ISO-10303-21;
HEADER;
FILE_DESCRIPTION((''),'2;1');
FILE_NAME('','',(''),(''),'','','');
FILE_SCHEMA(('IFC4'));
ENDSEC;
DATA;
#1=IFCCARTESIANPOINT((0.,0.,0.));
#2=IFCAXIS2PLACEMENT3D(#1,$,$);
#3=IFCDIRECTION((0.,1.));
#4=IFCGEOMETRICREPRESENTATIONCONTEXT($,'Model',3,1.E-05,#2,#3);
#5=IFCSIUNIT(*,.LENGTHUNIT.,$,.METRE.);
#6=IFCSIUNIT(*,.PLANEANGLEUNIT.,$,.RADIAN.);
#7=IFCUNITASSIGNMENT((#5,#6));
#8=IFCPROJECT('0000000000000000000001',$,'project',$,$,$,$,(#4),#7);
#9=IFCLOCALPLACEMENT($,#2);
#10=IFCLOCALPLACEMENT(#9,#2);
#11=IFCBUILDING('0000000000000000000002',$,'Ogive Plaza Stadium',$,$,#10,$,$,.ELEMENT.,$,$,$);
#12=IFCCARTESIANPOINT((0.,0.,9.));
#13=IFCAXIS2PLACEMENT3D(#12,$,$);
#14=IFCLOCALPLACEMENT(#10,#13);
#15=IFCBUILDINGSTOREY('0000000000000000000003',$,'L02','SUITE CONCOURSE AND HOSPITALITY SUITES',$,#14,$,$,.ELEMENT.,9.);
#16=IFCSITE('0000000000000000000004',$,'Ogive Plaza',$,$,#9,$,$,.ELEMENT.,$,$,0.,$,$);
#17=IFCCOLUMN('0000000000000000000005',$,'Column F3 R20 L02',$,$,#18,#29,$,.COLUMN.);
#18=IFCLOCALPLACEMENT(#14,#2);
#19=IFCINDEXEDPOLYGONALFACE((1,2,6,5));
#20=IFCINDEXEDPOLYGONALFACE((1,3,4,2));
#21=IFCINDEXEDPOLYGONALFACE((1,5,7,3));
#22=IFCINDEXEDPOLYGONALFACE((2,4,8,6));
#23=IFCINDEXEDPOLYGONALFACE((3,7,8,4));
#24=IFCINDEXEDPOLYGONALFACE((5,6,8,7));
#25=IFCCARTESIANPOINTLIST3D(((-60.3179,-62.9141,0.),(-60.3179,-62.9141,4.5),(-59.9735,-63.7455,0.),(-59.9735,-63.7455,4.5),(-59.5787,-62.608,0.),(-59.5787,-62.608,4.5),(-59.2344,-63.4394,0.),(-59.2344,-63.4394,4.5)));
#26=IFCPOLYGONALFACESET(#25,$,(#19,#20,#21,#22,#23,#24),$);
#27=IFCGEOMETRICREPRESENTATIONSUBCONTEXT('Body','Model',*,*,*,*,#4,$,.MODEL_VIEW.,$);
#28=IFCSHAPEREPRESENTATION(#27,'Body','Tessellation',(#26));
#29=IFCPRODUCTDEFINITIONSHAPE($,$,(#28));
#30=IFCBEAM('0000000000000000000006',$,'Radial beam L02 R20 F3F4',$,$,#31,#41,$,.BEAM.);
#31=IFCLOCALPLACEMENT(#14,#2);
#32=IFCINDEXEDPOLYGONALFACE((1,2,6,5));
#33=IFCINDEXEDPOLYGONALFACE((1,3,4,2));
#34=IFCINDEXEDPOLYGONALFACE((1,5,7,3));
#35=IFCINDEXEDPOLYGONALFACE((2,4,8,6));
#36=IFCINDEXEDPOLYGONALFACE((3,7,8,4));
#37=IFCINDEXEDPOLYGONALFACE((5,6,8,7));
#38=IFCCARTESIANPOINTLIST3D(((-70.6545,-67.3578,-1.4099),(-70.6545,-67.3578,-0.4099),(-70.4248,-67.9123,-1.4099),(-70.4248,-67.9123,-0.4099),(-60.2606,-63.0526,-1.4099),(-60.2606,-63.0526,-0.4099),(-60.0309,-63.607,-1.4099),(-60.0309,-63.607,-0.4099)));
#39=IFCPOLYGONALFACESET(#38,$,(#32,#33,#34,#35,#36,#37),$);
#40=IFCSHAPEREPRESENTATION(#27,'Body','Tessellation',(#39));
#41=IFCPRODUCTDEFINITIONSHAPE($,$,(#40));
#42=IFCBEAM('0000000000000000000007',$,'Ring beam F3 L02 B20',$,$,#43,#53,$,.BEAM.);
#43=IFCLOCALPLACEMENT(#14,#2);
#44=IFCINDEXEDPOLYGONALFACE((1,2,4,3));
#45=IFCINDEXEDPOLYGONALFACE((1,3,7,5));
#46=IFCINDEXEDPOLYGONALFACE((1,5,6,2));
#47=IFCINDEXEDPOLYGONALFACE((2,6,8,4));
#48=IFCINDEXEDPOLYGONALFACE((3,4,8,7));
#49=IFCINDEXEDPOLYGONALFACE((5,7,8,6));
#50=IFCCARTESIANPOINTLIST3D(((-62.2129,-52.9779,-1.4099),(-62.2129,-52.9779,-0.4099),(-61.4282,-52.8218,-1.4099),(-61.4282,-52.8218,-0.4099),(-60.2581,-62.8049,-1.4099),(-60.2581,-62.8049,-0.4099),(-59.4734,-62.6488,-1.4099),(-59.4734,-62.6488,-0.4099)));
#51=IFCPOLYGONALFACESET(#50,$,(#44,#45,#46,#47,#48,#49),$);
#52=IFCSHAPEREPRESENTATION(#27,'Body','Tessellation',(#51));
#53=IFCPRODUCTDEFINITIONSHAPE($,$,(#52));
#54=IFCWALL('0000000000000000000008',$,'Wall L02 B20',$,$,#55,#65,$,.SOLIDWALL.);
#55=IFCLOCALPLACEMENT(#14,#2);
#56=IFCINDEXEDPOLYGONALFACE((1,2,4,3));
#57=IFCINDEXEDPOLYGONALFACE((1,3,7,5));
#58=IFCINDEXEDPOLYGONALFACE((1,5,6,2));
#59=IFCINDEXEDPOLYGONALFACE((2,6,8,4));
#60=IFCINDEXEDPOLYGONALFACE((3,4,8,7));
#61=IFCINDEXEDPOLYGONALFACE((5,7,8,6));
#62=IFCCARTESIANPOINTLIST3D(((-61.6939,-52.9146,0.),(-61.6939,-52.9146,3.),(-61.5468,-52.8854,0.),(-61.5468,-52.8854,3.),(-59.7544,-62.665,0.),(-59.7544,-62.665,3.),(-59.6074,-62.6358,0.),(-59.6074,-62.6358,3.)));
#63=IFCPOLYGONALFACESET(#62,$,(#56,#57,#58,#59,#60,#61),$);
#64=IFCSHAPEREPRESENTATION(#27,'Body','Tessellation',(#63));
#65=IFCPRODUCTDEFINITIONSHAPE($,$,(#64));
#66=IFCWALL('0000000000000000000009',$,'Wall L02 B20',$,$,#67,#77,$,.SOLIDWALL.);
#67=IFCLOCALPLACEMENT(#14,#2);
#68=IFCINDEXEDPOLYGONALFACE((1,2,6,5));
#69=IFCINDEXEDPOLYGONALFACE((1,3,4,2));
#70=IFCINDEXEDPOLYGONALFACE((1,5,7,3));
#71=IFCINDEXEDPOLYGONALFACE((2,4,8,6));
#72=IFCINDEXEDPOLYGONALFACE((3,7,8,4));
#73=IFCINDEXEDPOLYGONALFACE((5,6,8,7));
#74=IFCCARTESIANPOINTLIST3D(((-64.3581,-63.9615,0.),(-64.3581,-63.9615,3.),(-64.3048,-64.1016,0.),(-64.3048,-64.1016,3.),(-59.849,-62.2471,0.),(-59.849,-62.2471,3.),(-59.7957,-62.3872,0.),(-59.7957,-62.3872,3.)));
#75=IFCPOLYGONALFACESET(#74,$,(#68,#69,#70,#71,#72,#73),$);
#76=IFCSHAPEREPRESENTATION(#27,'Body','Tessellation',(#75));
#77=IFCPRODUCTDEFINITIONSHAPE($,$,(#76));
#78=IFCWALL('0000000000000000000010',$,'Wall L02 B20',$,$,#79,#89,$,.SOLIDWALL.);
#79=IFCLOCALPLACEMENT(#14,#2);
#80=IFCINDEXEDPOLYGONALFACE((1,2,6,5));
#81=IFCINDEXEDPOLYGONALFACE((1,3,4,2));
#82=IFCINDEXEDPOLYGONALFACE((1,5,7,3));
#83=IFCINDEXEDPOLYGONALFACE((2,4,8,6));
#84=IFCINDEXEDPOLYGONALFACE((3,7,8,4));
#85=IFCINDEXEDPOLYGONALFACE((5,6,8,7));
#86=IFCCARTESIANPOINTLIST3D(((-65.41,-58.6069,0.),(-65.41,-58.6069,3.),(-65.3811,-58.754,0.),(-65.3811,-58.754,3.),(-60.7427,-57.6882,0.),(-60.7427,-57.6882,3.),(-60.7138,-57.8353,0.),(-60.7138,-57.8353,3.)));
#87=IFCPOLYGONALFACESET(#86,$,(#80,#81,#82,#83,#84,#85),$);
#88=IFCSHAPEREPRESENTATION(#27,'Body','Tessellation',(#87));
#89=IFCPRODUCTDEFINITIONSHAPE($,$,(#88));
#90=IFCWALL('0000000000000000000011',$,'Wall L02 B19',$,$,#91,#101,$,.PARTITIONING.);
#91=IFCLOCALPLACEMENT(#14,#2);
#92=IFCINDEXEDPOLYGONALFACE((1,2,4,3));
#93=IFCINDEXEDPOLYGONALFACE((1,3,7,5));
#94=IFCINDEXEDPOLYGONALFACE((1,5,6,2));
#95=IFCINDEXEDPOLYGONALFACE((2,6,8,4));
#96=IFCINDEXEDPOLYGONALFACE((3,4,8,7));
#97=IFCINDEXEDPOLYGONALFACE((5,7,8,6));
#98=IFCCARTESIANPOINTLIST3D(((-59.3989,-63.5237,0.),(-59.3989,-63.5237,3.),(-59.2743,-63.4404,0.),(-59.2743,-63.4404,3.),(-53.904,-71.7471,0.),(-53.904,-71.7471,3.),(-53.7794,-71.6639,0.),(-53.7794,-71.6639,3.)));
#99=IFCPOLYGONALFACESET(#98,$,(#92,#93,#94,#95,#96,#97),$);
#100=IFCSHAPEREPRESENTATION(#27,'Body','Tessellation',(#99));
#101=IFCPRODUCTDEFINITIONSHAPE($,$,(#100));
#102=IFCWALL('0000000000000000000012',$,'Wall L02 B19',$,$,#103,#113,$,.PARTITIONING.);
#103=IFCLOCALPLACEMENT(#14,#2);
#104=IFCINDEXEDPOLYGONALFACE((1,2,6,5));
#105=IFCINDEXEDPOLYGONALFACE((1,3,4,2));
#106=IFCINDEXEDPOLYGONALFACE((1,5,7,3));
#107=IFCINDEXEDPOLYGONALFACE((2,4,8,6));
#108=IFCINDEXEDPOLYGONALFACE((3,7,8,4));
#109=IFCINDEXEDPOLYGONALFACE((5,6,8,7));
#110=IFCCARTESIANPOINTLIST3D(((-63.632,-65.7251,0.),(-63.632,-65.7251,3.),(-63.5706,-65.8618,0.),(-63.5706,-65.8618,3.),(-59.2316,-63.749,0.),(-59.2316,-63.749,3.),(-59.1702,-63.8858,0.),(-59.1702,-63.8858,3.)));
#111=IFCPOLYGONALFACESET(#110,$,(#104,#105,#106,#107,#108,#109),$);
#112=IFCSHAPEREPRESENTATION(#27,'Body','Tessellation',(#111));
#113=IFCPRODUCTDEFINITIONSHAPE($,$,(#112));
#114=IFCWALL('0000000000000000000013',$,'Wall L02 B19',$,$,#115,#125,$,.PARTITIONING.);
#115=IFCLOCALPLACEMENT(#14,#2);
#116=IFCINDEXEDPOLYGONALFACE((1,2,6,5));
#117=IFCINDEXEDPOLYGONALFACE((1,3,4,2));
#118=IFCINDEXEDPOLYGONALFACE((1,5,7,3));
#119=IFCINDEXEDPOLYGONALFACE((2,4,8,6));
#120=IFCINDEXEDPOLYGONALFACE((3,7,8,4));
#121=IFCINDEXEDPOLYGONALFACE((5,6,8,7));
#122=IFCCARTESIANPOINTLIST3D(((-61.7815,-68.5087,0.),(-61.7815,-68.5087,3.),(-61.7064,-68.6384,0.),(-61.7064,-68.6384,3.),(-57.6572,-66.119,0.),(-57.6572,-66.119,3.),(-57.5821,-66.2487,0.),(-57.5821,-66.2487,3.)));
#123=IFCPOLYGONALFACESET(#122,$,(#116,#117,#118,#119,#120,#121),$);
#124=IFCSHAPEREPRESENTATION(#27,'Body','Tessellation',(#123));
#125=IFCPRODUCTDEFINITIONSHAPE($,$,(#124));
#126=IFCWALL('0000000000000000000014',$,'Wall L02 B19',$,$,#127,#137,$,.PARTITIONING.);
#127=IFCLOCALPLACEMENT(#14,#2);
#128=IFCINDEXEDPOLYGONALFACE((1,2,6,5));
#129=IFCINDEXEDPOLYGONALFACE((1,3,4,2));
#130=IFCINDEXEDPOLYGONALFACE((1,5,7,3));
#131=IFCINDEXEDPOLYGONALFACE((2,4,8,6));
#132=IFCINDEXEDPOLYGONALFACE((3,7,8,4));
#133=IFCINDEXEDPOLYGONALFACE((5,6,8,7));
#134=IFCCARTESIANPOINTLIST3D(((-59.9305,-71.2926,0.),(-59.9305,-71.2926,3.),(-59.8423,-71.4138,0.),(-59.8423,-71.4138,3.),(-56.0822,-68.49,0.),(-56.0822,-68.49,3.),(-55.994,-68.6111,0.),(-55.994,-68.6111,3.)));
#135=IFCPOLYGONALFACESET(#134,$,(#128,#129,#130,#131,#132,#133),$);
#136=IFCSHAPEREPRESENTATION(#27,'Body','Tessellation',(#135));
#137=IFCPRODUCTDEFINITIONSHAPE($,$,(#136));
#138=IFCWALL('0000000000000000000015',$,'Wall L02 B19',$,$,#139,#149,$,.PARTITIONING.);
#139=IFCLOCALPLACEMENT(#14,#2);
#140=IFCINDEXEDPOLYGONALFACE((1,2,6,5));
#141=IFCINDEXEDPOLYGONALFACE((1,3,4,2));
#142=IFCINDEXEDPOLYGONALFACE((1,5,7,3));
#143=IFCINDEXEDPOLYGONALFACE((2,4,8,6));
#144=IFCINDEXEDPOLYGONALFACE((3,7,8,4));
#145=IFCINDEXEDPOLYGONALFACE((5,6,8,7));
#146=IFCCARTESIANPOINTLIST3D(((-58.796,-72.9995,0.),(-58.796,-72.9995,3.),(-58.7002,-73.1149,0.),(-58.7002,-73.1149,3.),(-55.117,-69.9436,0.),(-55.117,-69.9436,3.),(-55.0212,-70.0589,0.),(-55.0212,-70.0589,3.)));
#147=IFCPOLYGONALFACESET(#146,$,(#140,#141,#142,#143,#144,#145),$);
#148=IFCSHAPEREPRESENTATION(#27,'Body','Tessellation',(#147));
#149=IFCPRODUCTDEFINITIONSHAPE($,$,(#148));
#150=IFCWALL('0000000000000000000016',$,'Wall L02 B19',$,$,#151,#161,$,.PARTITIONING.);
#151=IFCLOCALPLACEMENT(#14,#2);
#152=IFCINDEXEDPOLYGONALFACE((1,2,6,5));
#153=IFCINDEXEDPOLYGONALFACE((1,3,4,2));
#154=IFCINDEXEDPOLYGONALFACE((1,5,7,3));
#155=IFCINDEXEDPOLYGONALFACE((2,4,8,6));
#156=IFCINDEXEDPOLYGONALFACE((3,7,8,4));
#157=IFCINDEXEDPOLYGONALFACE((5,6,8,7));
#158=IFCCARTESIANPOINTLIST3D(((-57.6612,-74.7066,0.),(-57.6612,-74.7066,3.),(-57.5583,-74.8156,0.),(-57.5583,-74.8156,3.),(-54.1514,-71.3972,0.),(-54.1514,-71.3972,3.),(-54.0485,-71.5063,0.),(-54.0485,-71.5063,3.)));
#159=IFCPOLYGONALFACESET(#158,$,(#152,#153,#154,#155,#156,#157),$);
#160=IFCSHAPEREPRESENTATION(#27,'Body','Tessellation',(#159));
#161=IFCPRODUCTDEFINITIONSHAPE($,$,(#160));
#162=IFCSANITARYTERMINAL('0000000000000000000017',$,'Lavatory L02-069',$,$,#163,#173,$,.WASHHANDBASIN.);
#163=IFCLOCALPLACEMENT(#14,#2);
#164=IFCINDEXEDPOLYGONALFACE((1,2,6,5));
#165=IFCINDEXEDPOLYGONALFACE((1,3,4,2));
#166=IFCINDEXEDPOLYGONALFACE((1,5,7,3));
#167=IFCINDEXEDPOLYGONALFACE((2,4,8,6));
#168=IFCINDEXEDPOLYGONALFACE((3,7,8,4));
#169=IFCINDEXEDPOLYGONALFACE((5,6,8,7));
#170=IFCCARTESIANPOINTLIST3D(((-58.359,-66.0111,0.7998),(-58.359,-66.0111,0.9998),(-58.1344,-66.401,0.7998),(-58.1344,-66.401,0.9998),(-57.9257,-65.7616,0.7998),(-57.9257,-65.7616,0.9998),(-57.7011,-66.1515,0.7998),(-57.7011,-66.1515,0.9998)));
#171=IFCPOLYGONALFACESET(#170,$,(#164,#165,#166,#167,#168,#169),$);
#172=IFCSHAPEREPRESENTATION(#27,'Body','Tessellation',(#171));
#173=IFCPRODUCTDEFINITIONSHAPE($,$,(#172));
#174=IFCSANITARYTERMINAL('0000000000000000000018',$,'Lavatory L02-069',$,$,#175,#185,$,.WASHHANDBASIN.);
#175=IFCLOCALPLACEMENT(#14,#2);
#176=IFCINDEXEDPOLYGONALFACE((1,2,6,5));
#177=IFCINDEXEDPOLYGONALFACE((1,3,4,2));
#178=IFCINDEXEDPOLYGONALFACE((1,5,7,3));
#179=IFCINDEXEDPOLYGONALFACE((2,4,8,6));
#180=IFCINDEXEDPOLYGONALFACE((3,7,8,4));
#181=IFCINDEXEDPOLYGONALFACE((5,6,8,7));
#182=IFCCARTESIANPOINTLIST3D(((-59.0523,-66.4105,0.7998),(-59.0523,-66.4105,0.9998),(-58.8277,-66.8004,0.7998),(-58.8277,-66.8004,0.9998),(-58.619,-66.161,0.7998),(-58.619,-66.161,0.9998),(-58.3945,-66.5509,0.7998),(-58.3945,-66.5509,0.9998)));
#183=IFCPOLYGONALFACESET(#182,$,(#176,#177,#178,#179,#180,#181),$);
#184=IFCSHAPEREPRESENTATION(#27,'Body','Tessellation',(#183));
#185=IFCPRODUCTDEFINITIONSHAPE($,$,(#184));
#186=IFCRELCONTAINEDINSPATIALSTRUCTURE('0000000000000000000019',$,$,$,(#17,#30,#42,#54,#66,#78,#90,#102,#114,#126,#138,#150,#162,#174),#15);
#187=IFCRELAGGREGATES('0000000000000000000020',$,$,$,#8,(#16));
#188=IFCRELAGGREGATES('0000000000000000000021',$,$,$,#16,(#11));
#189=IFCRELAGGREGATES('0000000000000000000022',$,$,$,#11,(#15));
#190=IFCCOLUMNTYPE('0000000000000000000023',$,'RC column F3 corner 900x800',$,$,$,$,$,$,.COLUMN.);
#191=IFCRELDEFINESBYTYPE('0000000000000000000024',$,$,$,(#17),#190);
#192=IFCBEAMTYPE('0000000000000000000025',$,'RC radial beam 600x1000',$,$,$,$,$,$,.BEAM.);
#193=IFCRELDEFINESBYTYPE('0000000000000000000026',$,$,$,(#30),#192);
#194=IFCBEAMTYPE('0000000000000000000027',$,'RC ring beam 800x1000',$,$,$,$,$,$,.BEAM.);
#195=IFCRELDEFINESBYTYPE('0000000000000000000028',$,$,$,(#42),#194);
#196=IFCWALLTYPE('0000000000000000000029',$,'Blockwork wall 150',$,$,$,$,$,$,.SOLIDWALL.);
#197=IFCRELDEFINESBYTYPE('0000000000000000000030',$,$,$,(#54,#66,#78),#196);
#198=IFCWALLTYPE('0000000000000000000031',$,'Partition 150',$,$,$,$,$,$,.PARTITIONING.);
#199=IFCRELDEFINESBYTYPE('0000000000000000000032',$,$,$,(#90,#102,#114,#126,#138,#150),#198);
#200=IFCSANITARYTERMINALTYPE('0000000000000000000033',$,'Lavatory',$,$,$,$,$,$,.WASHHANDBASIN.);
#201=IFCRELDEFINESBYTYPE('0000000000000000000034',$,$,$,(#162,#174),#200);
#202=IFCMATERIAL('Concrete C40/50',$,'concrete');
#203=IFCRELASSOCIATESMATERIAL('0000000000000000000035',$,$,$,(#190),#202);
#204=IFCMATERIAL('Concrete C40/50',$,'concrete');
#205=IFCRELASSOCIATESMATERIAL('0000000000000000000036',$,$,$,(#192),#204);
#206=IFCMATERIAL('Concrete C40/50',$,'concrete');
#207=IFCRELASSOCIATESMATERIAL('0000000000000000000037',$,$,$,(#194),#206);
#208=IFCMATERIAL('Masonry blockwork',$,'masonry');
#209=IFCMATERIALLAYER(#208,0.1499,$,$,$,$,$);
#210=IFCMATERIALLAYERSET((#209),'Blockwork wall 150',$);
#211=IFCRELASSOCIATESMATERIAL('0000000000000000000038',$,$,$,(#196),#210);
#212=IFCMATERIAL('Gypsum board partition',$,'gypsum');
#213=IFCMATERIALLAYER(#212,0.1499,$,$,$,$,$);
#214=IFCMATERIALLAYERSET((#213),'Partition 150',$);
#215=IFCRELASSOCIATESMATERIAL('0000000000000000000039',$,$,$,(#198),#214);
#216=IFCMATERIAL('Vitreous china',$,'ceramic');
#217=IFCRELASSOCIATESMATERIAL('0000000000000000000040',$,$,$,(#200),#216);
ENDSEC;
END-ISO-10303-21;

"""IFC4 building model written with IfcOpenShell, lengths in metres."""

from ifc_helpers import new_model, si_unit, direction, frame, frame_2d, origin, origin_2d, place, context, subcontext, project, spatial, rectangle, extrude, material, layer, layer_set, material_profile, profile_set, type_object, element, save


model = new_model("IFC4")

# Units and contexts
model_context = context("Model", 3, precision=1e-05, world=origin(), true_north=direction((0.0, 1.0)))
body_context = subcontext(model_context, "Body", "Model", "MODEL_VIEW")
ifc_project = project(units=[si_unit("LENGTHUNIT", "METRE"), si_unit("PLANEANGLEUNIT", "RADIAN")], contexts=[model_context])

# Site, building, storey
site_placement = place(None, origin())
site = spatial("IfcSite", under=ifc_project, at=site_placement, Name="Ogive Plaza", CompositionType="ELEMENT", RefElevation=0.0)
building_placement = place(site_placement, origin())
building = spatial("IfcBuilding", under=site, at=building_placement, Name="Ogive Plaza Stadium", CompositionType="ELEMENT")
storey_placement = place(building_placement, frame((0.0, 0.0, 9.0)))
storey = spatial("IfcBuildingStorey", under=building, at=storey_placement, Name="L02", Description="SUITE CONCOURSE AND HOSPITALITY SUITES", CompositionType="ELEMENT", Elevation=9.0)

# Column
ifc_material_1 = material(Name="Concrete C40/50", Category="concrete")
ifc_material_profile_1 = material_profile(ifc_material_1, rectangle(XDim=0.8999, YDim=0.8, at=origin_2d()), Name="RC 900x800")
ifc_profile_set_1 = profile_set([ifc_material_profile_1], Name="Concrete C40/50")
column_type = type_object("IfcColumnType", Name="RC column F3 corner 900x800", PredefinedType="COLUMN", material=ifc_profile_set_1)
column_placement = place(storey_placement, frame((-59.7761, -63.1768, 0.0), z_axis=(0.0, 0.0, 1.0), x_axis=(0.382683, -0.92388, 0.0)))
element("IfcColumn", 1, at=column_placement, inside=storey, type_object=column_type, Name="Column F3 R20 L02", PredefinedType="COLUMN", context=body_context, shape_type="SweptSolid", body=[
    extrude(rectangle(XDim=0.8999, YDim=0.8, at=origin_2d()), origin(), (0.0, 0.0, 1.0), 4.5),
])

# Beams
ifc_material_2 = material(Name="Concrete C40/50", Category="concrete")
ifc_material_profile_2 = material_profile(ifc_material_2, rectangle(XDim=0.6001, YDim=1.0, at=origin_2d()), Name="RC 600x1000")
ifc_profile_set_2 = profile_set([ifc_material_profile_2], Name="Concrete C40/50")
beam_type_1 = type_object("IfcBeamType", Name="RC radial beam 600x1000", PredefinedType="BEAM", material=ifc_profile_set_2)
beam_1_placement = place(storey_placement, frame((-60.1458, -63.3298, -0.9099), z_axis=(-0.923882, -0.382678, 0.0), x_axis=(0.382678, -0.923882, 0.0)))
element("IfcBeam", 2, at=beam_1_placement, inside=storey, type_object=beam_type_1, Name="Radial beam L02 R20 F3F4", PredefinedType="BEAM", context=body_context, shape_type="SweptSolid", body=[
    extrude(rectangle(XDim=0.6001, YDim=1.0, at=origin_2d()), origin(), (0.0, 0.0, 1.0), 11.2502),
])
ifc_material_3 = material(Name="Concrete C40/50", Category="concrete")
ifc_material_profile_3 = material_profile(ifc_material_3, rectangle(XDim=0.8, YDim=1.0, at=origin_2d()), Name="RC 800x1000")
ifc_profile_set_3 = profile_set([ifc_material_profile_3], Name="Concrete C40/50")
beam_type_2 = type_object("IfcBeamType", Name="RC ring beam 800x1000", PredefinedType="BEAM", material=ifc_profile_set_3)
beam_2_placement = place(storey_placement, frame((-59.8657, -62.7268, -0.9099), z_axis=(-0.195104, 0.980783, 0.0), x_axis=(-0.980783, -0.195104, 0.0)))
element("IfcBeam", 3, at=beam_2_placement, inside=storey, type_object=beam_type_2, Name="Ring beam F3 L02 B20", PredefinedType="BEAM", context=body_context, shape_type="SweptSolid", body=[
    extrude(rectangle(XDim=0.8, YDim=1.0, at=origin_2d()), origin(), (0.0, 0.0, 1.0), 10.0195),
])

# Walls
ifc_material_4 = material(Name="Masonry blockwork", Category="masonry")
ifc_layer_1 = layer(ifc_material_4, 0.1499)
ifc_layer_set_1 = layer_set([ifc_layer_1], Name="Blockwork wall 150")
wall_type_1 = type_object("IfcWallType", Name="Blockwork wall 150", PredefinedType="SOLIDWALL", material=ifc_layer_set_1)
wall_1_placement = place(storey_placement, frame((-59.6809, -62.6504, 0.0), z_axis=(0.0, 0.0, 1.0), x_axis=(-0.195086, 0.980786, 0.0)))
element("IfcWall", 4, at=wall_1_placement, inside=storey, type_object=wall_type_1, Name="Wall L02 B20", PredefinedType="SOLIDWALL", context=body_context, shape_type="SweptSolid", body=[
    extrude(rectangle(XDim=9.9414, YDim=0.1499, at=frame_2d((4.9707, 0.0))), origin(), (0.0, 0.0, 1.0), 3.0),
])
wall_2_placement = place(storey_placement, frame((-59.8223, -62.3171, 0.0), z_axis=(0.0, 0.0, 1.0), x_axis=(-0.93472, -0.355385, 0.0)))
element("IfcWall", 5, at=wall_2_placement, inside=storey, type_object=wall_type_1, Name="Wall L02 B20", PredefinedType="SOLIDWALL", context=body_context, shape_type="SweptSolid", body=[
    extrude(rectangle(XDim=4.824, YDim=0.1499, at=frame_2d((2.4121, 0.0))), origin(), (0.0, 0.0, 1.0), 3.0),
])
wall_3_placement = place(storey_placement, frame((-60.7283, -57.7617, 0.0), z_axis=(0.0, 0.0, 1.0), x_axis=(-0.981172, -0.193134, 0.0)))
element("IfcWall", 6, at=wall_3_placement, inside=storey, type_object=wall_type_1, Name="Wall L02 B20", PredefinedType="SOLIDWALL", context=body_context, shape_type="SweptSolid", body=[
    extrude(rectangle(XDim=4.7568, YDim=0.1499, at=frame_2d((2.3784, 0.0))), origin(), (0.0, 0.0, 1.0), 3.0),
])
ifc_material_5 = material(Name="Gypsum board partition", Category="gypsum")
ifc_layer_2 = layer(ifc_material_5, 0.1499)
ifc_layer_set_2 = layer_set([ifc_layer_2], Name="Partition 150")
wall_type_2 = type_object("IfcWallType", Name="Partition 150", PredefinedType="PARTITIONING", material=ifc_layer_set_2)
wall_4_placement = place(storey_placement, frame((-59.3367, -63.4819, 0.0), z_axis=(0.0, 0.0, 1.0), x_axis=(0.555583, -0.831461, 0.0)))
element("IfcWall", 7, at=wall_4_placement, inside=storey, type_object=wall_type_2, Name="Wall L02 B19", PredefinedType="PARTITIONING", context=body_context, shape_type="SweptSolid", body=[
    extrude(rectangle(XDim=9.8904, YDim=0.1499, at=frame_2d((4.9453, 0.0))), origin(), (0.0, 0.0, 1.0), 3.0),
])
wall_5_placement = place(storey_placement, frame((-59.2009, -63.8174, 0.0), z_axis=(0.0, 0.0, 1.0), x_axis=(-0.912239, -0.409657, 0.0)))
element("IfcWall", 8, at=wall_5_placement, inside=storey, type_object=wall_type_2, Name="Wall L02 B19", PredefinedType="PARTITIONING", context=body_context, shape_type="SweptSolid", body=[
    extrude(rectangle(XDim=4.8237, YDim=0.1499, at=frame_2d((2.4119, 0.0))), origin(), (0.0, 0.0, 1.0), 3.0),
])
wall_6_placement = place(storey_placement, frame((-57.6196, -66.1838, 0.0), z_axis=(0.0, 0.0, 1.0), x_axis=(-0.865252, -0.501337, 0.0)))
element("IfcWall", 9, at=wall_6_placement, inside=storey, type_object=wall_type_2, Name="Wall L02 B19", PredefinedType="PARTITIONING", context=body_context, shape_type="SweptSolid", body=[
    extrude(rectangle(XDim=4.7666, YDim=0.1499, at=frame_2d((2.3833, 0.0))), origin(), (0.0, 0.0, 1.0), 3.0),
])
wall_7_placement = place(storey_placement, frame((-56.0381, -68.5505, 0.0), z_axis=(0.0, 0.0, 1.0), x_axis=(-0.808346, -0.588708, 0.0)))
element("IfcWall", 10, at=wall_7_placement, inside=storey, type_object=wall_type_2, Name="Wall L02 B19", PredefinedType="PARTITIONING", context=body_context, shape_type="SweptSolid", body=[
    extrude(rectangle(XDim=4.7607, YDim=0.1499, at=frame_2d((2.3804, 0.0))), origin(), (0.0, 0.0, 1.0), 3.0),
])
wall_8_placement = place(storey_placement, frame((-55.0691, -70.0012, 0.0), z_axis=(0.0, 0.0, 1.0), x_axis=(-0.769237, -0.638963, 0.0)))
element("IfcWall", 11, at=wall_8_placement, inside=storey, type_object=wall_type_2, Name="Wall L02 B19", PredefinedType="PARTITIONING", context=body_context, shape_type="SweptSolid", body=[
    extrude(rectangle(XDim=4.7827, YDim=0.1499, at=frame_2d((2.3914, 0.0))), origin(), (0.0, 0.0, 1.0), 3.0),
])
wall_9_placement = place(storey_placement, frame((-54.0999, -71.4517, 0.0), z_axis=(0.0, 0.0, 1.0), x_axis=(-0.727577, -0.686026, 0.0)))
element("IfcWall", 12, at=wall_9_placement, inside=storey, type_object=wall_type_2, Name="Wall L02 B19", PredefinedType="PARTITIONING", context=body_context, shape_type="SweptSolid", body=[
    extrude(rectangle(XDim=4.824, YDim=0.1499, at=frame_2d((2.4121, 0.0))), origin(), (0.0, 0.0, 1.0), 3.0),
])

# Sanitary terminals
ifc_material_6 = material(Name="Vitreous china", Category="ceramic")
sanitary_terminal_type_1 = type_object("IfcSanitaryTerminalType", Name="Lavatory", PredefinedType="WASHHANDBASIN", material=ifc_material_6)
for number, where, z_axis, x_axis, name in (
    (13, (-58.03, -66.0813, 0.7998), (0.0, 0.0, 1.0), (-0.866537, -0.499112, 0.0), "Lavatory L02-069"),
    (14, (-58.7234, -66.4807, 0.7998), (0.0, 0.0, 1.0), (-0.866537, -0.499112, 0.0), "Lavatory L02-069"),
):
    element("IfcSanitaryTerminal", number, at=place(storey_placement, frame(where, z_axis=z_axis, x_axis=x_axis)), inside=storey, type_object=sanitary_terminal_type_1, Name=name, PredefinedType="WASHHANDBASIN", context=body_context, shape_type="SweptSolid", body=[
        extrude(rectangle(XDim=0.5, YDim=0.45, at=origin_2d()), origin(), (0.0, 0.0, 1.0), 0.2),
    ])

save(model, "model.ifc")
